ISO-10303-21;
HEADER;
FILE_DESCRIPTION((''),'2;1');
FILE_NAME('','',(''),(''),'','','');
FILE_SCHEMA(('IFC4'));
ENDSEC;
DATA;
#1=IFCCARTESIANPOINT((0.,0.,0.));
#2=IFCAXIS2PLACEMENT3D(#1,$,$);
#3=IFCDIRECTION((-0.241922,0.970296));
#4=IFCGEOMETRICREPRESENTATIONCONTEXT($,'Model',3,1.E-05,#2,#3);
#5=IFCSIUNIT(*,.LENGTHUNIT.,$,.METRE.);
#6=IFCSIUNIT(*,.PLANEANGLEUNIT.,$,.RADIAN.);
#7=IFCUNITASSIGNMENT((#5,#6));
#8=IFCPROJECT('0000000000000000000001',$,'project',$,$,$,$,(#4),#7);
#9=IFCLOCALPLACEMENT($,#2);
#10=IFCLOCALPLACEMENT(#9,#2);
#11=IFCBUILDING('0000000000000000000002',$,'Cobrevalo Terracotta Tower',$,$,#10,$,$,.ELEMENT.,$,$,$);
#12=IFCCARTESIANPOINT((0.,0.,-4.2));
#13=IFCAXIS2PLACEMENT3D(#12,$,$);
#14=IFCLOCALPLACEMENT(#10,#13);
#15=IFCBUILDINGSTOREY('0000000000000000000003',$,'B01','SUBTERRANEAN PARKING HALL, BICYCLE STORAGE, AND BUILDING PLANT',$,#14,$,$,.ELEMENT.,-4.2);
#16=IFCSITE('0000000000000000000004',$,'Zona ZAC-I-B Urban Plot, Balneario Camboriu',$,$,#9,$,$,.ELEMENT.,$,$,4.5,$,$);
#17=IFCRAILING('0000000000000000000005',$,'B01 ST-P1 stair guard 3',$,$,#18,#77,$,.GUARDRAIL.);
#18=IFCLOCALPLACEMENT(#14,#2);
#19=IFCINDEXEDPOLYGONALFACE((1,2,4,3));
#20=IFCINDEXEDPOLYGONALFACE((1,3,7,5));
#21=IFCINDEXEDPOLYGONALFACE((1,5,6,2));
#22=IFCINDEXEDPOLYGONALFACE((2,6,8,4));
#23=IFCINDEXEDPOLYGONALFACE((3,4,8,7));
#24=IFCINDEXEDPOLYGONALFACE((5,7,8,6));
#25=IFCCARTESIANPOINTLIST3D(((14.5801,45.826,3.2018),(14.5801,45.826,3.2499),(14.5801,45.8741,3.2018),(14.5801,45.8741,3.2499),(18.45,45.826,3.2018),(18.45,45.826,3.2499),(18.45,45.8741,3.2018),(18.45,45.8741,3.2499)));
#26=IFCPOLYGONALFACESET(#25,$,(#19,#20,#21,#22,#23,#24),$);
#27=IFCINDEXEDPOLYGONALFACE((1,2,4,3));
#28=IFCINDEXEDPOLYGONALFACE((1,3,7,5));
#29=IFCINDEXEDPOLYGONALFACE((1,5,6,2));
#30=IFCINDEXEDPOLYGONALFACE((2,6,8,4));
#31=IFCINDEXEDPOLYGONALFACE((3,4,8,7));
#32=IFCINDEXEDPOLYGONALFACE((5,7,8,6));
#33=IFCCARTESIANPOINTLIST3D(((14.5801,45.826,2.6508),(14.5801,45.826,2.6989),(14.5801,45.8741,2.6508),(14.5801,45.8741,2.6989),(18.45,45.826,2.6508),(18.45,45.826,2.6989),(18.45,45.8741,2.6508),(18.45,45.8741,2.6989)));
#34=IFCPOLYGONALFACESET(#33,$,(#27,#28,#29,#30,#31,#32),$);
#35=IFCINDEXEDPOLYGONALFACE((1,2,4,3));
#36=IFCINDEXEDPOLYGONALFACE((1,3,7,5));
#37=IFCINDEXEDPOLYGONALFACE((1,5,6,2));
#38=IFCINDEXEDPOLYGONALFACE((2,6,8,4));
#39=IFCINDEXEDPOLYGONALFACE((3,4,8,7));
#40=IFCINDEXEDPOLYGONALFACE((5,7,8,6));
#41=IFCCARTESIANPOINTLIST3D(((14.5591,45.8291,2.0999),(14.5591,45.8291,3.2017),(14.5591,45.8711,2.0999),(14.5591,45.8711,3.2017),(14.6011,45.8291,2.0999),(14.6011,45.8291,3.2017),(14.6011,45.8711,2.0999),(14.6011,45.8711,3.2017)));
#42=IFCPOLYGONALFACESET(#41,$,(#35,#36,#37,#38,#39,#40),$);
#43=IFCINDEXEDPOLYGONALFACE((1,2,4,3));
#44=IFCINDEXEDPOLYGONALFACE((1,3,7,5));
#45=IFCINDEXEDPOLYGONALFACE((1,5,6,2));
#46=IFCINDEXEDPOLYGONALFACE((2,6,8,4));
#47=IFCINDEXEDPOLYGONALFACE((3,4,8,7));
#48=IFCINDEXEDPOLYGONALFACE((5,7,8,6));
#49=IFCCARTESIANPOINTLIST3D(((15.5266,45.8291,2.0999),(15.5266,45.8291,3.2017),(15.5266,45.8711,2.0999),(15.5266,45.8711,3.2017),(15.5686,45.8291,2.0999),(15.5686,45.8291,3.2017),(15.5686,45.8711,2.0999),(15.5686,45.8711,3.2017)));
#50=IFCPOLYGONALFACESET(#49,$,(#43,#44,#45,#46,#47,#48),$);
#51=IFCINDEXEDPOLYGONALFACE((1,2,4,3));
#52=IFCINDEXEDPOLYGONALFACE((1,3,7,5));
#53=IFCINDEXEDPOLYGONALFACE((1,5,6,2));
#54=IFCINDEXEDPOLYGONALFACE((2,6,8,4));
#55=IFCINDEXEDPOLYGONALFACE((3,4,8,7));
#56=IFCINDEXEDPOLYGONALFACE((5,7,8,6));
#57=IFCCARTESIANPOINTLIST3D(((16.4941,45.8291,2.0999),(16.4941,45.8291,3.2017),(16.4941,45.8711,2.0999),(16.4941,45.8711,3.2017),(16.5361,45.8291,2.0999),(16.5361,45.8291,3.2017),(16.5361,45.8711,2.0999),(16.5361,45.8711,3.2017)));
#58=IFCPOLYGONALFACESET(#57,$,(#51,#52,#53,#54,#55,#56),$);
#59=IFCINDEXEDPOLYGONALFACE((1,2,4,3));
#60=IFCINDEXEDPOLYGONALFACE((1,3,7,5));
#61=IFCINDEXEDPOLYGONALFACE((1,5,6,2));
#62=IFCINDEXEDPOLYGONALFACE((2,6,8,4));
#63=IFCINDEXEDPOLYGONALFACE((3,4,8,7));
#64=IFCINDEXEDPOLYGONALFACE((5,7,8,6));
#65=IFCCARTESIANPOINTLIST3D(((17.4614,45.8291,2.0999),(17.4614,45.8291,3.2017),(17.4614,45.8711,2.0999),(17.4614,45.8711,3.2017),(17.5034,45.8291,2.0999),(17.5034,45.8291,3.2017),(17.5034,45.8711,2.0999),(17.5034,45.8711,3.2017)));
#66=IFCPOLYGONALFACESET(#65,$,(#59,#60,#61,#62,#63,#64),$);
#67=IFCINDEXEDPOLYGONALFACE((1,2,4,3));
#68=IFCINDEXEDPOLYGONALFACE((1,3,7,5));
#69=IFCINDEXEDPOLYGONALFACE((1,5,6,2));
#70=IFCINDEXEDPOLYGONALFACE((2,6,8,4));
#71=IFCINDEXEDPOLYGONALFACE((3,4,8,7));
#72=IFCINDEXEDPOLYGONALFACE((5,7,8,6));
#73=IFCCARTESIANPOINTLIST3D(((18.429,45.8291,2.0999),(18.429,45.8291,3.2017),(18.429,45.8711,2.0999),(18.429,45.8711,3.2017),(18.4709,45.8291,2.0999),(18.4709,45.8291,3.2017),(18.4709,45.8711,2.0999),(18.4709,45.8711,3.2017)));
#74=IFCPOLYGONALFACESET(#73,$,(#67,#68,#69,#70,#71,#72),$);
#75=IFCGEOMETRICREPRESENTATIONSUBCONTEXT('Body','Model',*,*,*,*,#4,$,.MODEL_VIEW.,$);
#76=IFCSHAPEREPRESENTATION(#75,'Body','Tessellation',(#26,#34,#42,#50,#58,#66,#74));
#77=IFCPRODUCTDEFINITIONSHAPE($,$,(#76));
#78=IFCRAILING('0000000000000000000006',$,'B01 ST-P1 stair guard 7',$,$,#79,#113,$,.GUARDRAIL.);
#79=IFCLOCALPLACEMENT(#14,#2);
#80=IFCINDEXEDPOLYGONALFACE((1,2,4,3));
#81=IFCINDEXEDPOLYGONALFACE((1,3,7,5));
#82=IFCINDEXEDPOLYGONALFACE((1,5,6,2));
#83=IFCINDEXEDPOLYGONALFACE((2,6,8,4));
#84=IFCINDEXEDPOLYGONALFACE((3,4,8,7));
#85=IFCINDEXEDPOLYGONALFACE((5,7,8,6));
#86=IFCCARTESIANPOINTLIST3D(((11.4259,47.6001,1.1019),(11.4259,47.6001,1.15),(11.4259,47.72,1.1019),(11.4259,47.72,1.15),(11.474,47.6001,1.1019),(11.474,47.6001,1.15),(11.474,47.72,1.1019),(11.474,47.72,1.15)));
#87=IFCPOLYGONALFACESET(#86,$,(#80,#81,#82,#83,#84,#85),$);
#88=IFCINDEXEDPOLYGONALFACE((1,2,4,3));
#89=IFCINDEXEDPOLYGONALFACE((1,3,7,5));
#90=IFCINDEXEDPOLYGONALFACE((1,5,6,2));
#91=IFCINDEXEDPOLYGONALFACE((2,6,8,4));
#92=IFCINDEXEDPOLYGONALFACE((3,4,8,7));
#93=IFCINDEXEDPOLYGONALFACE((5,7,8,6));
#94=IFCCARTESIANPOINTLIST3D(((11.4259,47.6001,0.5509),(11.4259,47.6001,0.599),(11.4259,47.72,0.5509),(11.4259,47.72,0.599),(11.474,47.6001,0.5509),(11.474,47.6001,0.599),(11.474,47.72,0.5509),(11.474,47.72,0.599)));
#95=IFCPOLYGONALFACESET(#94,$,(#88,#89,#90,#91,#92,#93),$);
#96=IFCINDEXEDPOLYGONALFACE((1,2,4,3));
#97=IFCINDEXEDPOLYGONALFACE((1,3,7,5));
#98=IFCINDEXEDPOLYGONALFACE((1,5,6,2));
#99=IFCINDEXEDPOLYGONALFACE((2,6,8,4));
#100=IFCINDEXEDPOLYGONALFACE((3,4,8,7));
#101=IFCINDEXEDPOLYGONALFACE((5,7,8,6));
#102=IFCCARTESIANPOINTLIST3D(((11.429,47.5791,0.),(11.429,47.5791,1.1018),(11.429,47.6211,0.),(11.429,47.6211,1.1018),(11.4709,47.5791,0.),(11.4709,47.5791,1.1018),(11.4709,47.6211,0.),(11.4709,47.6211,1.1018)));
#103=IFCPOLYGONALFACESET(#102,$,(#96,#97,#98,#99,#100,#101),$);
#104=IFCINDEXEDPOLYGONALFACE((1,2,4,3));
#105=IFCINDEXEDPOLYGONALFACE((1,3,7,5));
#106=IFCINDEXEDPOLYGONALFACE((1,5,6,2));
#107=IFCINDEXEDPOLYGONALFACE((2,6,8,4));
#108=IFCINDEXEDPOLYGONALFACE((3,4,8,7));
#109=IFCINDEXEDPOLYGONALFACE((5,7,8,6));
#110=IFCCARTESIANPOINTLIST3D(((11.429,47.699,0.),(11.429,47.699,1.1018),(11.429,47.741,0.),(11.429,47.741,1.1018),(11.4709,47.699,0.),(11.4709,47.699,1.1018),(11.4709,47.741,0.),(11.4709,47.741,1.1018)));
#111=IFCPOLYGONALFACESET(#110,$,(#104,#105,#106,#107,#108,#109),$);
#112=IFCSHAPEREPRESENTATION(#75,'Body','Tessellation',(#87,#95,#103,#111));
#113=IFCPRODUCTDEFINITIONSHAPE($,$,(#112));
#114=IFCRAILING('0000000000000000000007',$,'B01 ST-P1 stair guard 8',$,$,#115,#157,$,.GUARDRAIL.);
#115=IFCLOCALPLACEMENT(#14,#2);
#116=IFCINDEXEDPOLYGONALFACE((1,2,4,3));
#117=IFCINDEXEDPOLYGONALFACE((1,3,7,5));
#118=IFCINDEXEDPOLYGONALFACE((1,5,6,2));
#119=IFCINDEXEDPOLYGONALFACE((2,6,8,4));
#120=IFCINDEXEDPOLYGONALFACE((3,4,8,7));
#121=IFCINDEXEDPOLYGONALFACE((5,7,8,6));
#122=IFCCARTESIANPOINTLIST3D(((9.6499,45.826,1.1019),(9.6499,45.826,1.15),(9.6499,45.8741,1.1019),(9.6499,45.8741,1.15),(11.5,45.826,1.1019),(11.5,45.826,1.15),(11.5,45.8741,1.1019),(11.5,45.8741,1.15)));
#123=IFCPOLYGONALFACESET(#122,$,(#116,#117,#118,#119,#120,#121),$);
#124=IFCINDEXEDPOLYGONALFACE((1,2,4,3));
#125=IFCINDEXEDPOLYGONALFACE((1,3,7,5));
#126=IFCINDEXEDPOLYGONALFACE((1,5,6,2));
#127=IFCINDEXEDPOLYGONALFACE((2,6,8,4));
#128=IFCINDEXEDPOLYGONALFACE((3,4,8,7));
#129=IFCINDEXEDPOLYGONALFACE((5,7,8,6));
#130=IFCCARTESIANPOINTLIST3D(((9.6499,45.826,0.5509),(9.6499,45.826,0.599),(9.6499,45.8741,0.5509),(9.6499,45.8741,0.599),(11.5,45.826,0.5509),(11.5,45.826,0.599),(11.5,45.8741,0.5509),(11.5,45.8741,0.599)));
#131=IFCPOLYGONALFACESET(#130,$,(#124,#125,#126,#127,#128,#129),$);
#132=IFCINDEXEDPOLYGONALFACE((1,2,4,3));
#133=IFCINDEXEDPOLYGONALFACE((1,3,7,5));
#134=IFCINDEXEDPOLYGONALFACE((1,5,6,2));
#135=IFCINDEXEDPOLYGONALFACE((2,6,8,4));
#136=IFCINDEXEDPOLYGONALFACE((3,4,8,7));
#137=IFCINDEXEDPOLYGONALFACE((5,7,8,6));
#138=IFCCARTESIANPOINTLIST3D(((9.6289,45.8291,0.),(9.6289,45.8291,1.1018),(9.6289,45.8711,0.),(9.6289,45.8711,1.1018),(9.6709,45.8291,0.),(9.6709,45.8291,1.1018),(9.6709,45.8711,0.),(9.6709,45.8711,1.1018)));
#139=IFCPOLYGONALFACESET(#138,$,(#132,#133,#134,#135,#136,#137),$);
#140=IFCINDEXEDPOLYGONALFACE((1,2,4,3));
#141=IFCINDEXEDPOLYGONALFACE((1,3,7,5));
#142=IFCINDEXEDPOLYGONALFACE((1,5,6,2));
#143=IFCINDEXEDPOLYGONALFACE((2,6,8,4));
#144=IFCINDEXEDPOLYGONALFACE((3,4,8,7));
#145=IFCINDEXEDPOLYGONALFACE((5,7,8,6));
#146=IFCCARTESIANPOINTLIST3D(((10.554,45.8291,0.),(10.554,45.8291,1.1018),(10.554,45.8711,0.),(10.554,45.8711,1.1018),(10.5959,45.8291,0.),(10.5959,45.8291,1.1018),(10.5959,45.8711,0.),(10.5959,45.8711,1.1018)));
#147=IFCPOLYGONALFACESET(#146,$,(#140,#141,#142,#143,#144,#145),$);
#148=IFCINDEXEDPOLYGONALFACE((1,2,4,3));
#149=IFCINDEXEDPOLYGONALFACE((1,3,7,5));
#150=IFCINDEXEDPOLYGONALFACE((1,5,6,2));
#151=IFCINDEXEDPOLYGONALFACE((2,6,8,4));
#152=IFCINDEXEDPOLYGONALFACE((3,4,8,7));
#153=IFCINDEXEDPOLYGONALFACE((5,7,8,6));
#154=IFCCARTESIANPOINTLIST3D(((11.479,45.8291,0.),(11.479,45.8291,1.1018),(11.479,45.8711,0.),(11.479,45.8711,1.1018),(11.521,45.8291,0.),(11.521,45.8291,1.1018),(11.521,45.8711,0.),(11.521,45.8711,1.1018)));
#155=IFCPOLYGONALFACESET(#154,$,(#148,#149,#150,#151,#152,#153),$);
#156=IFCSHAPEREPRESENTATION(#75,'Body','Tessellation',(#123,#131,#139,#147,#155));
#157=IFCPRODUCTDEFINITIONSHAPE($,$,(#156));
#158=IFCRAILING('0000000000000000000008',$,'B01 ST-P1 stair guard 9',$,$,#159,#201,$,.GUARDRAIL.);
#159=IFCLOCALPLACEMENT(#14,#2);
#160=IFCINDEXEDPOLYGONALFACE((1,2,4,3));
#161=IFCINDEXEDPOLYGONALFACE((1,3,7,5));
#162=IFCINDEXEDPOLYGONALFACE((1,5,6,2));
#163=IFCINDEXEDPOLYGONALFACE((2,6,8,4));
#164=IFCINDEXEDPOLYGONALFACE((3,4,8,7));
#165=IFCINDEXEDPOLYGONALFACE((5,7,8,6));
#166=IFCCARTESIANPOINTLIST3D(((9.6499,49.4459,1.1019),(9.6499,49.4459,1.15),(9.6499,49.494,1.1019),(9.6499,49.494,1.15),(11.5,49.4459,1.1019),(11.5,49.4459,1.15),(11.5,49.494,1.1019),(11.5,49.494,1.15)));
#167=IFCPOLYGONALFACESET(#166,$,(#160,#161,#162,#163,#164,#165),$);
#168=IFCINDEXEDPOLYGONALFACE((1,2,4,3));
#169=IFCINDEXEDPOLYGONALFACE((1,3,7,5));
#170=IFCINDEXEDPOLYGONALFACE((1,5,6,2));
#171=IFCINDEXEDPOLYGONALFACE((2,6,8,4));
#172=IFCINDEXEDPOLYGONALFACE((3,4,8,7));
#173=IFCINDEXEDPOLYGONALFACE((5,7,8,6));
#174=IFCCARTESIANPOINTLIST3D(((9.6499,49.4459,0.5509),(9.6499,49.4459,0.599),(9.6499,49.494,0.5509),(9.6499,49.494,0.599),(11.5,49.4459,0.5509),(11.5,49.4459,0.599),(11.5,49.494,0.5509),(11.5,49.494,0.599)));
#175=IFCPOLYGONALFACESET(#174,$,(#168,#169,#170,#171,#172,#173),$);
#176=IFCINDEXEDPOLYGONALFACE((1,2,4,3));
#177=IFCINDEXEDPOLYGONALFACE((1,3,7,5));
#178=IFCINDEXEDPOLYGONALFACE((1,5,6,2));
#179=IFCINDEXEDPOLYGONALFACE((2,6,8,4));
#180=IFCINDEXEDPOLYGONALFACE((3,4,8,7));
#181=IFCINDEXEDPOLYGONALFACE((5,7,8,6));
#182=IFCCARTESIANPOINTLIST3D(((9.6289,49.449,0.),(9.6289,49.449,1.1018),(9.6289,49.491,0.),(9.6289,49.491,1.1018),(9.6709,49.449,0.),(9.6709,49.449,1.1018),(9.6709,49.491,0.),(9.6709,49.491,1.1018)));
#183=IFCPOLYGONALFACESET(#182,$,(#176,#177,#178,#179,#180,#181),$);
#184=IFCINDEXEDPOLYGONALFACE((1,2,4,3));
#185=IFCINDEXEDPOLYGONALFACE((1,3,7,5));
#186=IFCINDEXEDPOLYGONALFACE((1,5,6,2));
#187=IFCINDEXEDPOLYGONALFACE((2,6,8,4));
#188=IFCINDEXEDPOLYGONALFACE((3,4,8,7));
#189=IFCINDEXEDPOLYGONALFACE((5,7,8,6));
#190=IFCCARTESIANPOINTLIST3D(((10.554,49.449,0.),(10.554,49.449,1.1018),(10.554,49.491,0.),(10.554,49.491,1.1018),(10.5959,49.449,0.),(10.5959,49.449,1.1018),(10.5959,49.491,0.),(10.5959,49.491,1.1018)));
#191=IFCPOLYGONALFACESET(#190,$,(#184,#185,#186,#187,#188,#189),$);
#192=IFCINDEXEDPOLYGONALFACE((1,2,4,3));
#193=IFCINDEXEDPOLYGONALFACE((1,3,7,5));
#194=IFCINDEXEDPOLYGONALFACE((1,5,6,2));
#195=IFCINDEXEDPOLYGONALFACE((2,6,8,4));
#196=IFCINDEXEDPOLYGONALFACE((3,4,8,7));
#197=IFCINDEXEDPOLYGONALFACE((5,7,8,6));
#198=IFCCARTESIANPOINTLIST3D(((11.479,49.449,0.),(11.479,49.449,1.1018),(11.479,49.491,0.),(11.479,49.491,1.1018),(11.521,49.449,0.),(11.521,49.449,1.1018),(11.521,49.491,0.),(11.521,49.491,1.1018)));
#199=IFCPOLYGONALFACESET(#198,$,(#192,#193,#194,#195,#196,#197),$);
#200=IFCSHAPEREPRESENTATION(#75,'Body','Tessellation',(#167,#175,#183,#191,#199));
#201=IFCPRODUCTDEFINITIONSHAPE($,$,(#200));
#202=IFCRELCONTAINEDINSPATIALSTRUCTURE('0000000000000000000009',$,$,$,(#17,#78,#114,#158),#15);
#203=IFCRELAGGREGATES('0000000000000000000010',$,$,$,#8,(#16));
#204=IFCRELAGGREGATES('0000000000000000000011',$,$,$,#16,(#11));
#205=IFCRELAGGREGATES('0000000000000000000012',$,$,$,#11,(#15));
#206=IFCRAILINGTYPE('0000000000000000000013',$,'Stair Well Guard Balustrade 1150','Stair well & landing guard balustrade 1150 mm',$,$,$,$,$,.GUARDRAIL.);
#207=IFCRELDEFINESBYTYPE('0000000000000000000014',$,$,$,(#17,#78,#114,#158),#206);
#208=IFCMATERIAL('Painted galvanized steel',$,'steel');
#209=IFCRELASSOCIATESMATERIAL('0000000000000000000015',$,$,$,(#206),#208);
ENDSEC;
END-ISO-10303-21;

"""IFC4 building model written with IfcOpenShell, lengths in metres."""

from ifc_helpers import new_model, si_unit, direction, frame, origin, origin_2d, place, context, subcontext, project, spatial, rectangle, extrude, material, type_object, element, save


model = new_model("IFC4")

# Units and contexts
model_context = context("Model", 3, precision=1e-05, world=origin(), true_north=direction((-0.241922, 0.970296)))
body_context = subcontext(model_context, "Body", "Model", "MODEL_VIEW")
ifc_project = project(units=[si_unit("LENGTHUNIT", "METRE"), si_unit("PLANEANGLEUNIT", "RADIAN")], contexts=[model_context])

# Site, building, storey
site_placement = place(None, origin())
site = spatial("IfcSite", under=ifc_project, at=site_placement, Name="Zona ZAC-I-B Urban Plot, Balneario Camboriu", CompositionType="ELEMENT", RefElevation=4.5)
building_placement = place(site_placement, origin())
building = spatial("IfcBuilding", under=site, at=building_placement, Name="Cobrevalo Terracotta Tower", CompositionType="ELEMENT")
storey_placement = place(building_placement, frame((0.0, 0.0, -4.2)))
storey = spatial("IfcBuildingStorey", under=building, at=storey_placement, Name="B01", Description="SUBTERRANEAN PARKING HALL, BICYCLE STORAGE, AND BUILDING PLANT", CompositionType="ELEMENT", Elevation=-4.2)

# Railings
ifc_material_1 = material(Name="Painted galvanized steel", Category="steel")
railing_type_1 = type_object("IfcRailingType", Name="Stair Well Guard Balustrade 1150", Description="Stair well & landing guard balustrade 1150 mm", PredefinedType="GUARDRAIL", material=ifc_material_1)
railing_1_placement = place(storey_placement, frame((14.5801, 45.8501, 2.0999)))
element("IfcRailing", 1, at=railing_1_placement, inside=storey, type_object=railing_type_1, Name="B01 ST-P1 stair guard 3", PredefinedType="GUARDRAIL", context=body_context, shape_type="SweptSolid", body=[
    extrude(rectangle(XDim=0.0481, YDim=0.0481, at=origin_2d()), frame((0.0, 0.0, 1.126), z_axis=(1.0, 0.0, 0.0), x_axis=(0.0, 1.0, 0.0)), (0.0, 0.0, 1.0), 3.8699),
    extrude(rectangle(XDim=0.0481, YDim=0.0481, at=origin_2d()), frame((0.0, 0.0, 0.575), z_axis=(1.0, 0.0, 0.0), x_axis=(0.0, 1.0, 0.0)), (0.0, 0.0, 1.0), 3.8699),
    extrude(rectangle(XDim=0.042, YDim=0.042, at=origin_2d()), origin(), (0.0, 0.0, 1.0), 1.1018),
    extrude(rectangle(XDim=0.042, YDim=0.042, at=origin_2d()), frame((0.9675, 0.0, 0.0)), (0.0, 0.0, 1.0), 1.1018),
    extrude(rectangle(XDim=0.042, YDim=0.042, at=origin_2d()), frame((1.9351, 0.0, 0.0)), (0.0, 0.0, 1.0), 1.1018),
    extrude(rectangle(XDim=0.042, YDim=0.042, at=origin_2d()), frame((2.9023, 0.0, 0.0)), (0.0, 0.0, 1.0), 1.1018),
    extrude(rectangle(XDim=0.042, YDim=0.042, at=origin_2d()), frame((3.8699, 0.0, 0.0)), (0.0, 0.0, 1.0), 1.1018),
])
railing_2_placement = place(storey_placement, frame((11.45, 47.6001, 0.0)))
element("IfcRailing", 2, at=railing_2_placement, inside=storey, type_object=railing_type_1, Name="B01 ST-P1 stair guard 7", PredefinedType="GUARDRAIL", context=body_context, shape_type="SweptSolid", body=[
    extrude(rectangle(XDim=0.0481, YDim=0.0481, at=origin_2d()), frame((0.0, 0.0, 1.126), z_axis=(0.0, 1.0, 0.0), x_axis=(-1.0, 0.0, 0.0)), (0.0, 0.0, 1.0), 0.1199),
    extrude(rectangle(XDim=0.0481, YDim=0.0481, at=origin_2d()), frame((0.0, 0.0, 0.575), z_axis=(0.0, 1.0, 0.0), x_axis=(-1.0, 0.0, 0.0)), (0.0, 0.0, 1.0), 0.1199),
    extrude(rectangle(XDim=0.042, YDim=0.042, at=origin_2d()), origin(), (0.0, 0.0, 1.0), 1.1018),
    extrude(rectangle(XDim=0.042, YDim=0.042, at=origin_2d()), frame((0.0, 0.1199, 0.0)), (0.0, 0.0, 1.0), 1.1018),
])
for number, where, name in (
    (3, (9.6499, 45.8501, 0.0), "B01 ST-P1 stair guard 8"),
    (4, (9.6499, 49.47, 0.0), "B01 ST-P1 stair guard 9"),
):
    element("IfcRailing", number, at=place(storey_placement, frame(where)), inside=storey, type_object=railing_type_1, Name=name, PredefinedType="GUARDRAIL", context=body_context, shape_type="SweptSolid", body=[
        extrude(rectangle(XDim=0.0481, YDim=0.0481, at=origin_2d()), frame((0.0, 0.0, 1.126), z_axis=(1.0, 0.0, 0.0), x_axis=(0.0, 1.0, 0.0)), (0.0, 0.0, 1.0), 1.8501),
        extrude(rectangle(XDim=0.0481, YDim=0.0481, at=origin_2d()), frame((0.0, 0.0, 0.575), z_axis=(1.0, 0.0, 0.0), x_axis=(0.0, 1.0, 0.0)), (0.0, 0.0, 1.0), 1.8501),
        extrude(rectangle(XDim=0.042, YDim=0.042, at=origin_2d()), origin(), (0.0, 0.0, 1.0), 1.1018),
        extrude(rectangle(XDim=0.042, YDim=0.042, at=origin_2d()), frame((0.925, 0.0, 0.0)), (0.0, 0.0, 1.0), 1.1018),
        extrude(rectangle(XDim=0.042, YDim=0.042, at=origin_2d()), frame((1.8501, 0.0, 0.0)), (0.0, 0.0, 1.0), 1.1018),
    ])

save(model, "model.ifc")
